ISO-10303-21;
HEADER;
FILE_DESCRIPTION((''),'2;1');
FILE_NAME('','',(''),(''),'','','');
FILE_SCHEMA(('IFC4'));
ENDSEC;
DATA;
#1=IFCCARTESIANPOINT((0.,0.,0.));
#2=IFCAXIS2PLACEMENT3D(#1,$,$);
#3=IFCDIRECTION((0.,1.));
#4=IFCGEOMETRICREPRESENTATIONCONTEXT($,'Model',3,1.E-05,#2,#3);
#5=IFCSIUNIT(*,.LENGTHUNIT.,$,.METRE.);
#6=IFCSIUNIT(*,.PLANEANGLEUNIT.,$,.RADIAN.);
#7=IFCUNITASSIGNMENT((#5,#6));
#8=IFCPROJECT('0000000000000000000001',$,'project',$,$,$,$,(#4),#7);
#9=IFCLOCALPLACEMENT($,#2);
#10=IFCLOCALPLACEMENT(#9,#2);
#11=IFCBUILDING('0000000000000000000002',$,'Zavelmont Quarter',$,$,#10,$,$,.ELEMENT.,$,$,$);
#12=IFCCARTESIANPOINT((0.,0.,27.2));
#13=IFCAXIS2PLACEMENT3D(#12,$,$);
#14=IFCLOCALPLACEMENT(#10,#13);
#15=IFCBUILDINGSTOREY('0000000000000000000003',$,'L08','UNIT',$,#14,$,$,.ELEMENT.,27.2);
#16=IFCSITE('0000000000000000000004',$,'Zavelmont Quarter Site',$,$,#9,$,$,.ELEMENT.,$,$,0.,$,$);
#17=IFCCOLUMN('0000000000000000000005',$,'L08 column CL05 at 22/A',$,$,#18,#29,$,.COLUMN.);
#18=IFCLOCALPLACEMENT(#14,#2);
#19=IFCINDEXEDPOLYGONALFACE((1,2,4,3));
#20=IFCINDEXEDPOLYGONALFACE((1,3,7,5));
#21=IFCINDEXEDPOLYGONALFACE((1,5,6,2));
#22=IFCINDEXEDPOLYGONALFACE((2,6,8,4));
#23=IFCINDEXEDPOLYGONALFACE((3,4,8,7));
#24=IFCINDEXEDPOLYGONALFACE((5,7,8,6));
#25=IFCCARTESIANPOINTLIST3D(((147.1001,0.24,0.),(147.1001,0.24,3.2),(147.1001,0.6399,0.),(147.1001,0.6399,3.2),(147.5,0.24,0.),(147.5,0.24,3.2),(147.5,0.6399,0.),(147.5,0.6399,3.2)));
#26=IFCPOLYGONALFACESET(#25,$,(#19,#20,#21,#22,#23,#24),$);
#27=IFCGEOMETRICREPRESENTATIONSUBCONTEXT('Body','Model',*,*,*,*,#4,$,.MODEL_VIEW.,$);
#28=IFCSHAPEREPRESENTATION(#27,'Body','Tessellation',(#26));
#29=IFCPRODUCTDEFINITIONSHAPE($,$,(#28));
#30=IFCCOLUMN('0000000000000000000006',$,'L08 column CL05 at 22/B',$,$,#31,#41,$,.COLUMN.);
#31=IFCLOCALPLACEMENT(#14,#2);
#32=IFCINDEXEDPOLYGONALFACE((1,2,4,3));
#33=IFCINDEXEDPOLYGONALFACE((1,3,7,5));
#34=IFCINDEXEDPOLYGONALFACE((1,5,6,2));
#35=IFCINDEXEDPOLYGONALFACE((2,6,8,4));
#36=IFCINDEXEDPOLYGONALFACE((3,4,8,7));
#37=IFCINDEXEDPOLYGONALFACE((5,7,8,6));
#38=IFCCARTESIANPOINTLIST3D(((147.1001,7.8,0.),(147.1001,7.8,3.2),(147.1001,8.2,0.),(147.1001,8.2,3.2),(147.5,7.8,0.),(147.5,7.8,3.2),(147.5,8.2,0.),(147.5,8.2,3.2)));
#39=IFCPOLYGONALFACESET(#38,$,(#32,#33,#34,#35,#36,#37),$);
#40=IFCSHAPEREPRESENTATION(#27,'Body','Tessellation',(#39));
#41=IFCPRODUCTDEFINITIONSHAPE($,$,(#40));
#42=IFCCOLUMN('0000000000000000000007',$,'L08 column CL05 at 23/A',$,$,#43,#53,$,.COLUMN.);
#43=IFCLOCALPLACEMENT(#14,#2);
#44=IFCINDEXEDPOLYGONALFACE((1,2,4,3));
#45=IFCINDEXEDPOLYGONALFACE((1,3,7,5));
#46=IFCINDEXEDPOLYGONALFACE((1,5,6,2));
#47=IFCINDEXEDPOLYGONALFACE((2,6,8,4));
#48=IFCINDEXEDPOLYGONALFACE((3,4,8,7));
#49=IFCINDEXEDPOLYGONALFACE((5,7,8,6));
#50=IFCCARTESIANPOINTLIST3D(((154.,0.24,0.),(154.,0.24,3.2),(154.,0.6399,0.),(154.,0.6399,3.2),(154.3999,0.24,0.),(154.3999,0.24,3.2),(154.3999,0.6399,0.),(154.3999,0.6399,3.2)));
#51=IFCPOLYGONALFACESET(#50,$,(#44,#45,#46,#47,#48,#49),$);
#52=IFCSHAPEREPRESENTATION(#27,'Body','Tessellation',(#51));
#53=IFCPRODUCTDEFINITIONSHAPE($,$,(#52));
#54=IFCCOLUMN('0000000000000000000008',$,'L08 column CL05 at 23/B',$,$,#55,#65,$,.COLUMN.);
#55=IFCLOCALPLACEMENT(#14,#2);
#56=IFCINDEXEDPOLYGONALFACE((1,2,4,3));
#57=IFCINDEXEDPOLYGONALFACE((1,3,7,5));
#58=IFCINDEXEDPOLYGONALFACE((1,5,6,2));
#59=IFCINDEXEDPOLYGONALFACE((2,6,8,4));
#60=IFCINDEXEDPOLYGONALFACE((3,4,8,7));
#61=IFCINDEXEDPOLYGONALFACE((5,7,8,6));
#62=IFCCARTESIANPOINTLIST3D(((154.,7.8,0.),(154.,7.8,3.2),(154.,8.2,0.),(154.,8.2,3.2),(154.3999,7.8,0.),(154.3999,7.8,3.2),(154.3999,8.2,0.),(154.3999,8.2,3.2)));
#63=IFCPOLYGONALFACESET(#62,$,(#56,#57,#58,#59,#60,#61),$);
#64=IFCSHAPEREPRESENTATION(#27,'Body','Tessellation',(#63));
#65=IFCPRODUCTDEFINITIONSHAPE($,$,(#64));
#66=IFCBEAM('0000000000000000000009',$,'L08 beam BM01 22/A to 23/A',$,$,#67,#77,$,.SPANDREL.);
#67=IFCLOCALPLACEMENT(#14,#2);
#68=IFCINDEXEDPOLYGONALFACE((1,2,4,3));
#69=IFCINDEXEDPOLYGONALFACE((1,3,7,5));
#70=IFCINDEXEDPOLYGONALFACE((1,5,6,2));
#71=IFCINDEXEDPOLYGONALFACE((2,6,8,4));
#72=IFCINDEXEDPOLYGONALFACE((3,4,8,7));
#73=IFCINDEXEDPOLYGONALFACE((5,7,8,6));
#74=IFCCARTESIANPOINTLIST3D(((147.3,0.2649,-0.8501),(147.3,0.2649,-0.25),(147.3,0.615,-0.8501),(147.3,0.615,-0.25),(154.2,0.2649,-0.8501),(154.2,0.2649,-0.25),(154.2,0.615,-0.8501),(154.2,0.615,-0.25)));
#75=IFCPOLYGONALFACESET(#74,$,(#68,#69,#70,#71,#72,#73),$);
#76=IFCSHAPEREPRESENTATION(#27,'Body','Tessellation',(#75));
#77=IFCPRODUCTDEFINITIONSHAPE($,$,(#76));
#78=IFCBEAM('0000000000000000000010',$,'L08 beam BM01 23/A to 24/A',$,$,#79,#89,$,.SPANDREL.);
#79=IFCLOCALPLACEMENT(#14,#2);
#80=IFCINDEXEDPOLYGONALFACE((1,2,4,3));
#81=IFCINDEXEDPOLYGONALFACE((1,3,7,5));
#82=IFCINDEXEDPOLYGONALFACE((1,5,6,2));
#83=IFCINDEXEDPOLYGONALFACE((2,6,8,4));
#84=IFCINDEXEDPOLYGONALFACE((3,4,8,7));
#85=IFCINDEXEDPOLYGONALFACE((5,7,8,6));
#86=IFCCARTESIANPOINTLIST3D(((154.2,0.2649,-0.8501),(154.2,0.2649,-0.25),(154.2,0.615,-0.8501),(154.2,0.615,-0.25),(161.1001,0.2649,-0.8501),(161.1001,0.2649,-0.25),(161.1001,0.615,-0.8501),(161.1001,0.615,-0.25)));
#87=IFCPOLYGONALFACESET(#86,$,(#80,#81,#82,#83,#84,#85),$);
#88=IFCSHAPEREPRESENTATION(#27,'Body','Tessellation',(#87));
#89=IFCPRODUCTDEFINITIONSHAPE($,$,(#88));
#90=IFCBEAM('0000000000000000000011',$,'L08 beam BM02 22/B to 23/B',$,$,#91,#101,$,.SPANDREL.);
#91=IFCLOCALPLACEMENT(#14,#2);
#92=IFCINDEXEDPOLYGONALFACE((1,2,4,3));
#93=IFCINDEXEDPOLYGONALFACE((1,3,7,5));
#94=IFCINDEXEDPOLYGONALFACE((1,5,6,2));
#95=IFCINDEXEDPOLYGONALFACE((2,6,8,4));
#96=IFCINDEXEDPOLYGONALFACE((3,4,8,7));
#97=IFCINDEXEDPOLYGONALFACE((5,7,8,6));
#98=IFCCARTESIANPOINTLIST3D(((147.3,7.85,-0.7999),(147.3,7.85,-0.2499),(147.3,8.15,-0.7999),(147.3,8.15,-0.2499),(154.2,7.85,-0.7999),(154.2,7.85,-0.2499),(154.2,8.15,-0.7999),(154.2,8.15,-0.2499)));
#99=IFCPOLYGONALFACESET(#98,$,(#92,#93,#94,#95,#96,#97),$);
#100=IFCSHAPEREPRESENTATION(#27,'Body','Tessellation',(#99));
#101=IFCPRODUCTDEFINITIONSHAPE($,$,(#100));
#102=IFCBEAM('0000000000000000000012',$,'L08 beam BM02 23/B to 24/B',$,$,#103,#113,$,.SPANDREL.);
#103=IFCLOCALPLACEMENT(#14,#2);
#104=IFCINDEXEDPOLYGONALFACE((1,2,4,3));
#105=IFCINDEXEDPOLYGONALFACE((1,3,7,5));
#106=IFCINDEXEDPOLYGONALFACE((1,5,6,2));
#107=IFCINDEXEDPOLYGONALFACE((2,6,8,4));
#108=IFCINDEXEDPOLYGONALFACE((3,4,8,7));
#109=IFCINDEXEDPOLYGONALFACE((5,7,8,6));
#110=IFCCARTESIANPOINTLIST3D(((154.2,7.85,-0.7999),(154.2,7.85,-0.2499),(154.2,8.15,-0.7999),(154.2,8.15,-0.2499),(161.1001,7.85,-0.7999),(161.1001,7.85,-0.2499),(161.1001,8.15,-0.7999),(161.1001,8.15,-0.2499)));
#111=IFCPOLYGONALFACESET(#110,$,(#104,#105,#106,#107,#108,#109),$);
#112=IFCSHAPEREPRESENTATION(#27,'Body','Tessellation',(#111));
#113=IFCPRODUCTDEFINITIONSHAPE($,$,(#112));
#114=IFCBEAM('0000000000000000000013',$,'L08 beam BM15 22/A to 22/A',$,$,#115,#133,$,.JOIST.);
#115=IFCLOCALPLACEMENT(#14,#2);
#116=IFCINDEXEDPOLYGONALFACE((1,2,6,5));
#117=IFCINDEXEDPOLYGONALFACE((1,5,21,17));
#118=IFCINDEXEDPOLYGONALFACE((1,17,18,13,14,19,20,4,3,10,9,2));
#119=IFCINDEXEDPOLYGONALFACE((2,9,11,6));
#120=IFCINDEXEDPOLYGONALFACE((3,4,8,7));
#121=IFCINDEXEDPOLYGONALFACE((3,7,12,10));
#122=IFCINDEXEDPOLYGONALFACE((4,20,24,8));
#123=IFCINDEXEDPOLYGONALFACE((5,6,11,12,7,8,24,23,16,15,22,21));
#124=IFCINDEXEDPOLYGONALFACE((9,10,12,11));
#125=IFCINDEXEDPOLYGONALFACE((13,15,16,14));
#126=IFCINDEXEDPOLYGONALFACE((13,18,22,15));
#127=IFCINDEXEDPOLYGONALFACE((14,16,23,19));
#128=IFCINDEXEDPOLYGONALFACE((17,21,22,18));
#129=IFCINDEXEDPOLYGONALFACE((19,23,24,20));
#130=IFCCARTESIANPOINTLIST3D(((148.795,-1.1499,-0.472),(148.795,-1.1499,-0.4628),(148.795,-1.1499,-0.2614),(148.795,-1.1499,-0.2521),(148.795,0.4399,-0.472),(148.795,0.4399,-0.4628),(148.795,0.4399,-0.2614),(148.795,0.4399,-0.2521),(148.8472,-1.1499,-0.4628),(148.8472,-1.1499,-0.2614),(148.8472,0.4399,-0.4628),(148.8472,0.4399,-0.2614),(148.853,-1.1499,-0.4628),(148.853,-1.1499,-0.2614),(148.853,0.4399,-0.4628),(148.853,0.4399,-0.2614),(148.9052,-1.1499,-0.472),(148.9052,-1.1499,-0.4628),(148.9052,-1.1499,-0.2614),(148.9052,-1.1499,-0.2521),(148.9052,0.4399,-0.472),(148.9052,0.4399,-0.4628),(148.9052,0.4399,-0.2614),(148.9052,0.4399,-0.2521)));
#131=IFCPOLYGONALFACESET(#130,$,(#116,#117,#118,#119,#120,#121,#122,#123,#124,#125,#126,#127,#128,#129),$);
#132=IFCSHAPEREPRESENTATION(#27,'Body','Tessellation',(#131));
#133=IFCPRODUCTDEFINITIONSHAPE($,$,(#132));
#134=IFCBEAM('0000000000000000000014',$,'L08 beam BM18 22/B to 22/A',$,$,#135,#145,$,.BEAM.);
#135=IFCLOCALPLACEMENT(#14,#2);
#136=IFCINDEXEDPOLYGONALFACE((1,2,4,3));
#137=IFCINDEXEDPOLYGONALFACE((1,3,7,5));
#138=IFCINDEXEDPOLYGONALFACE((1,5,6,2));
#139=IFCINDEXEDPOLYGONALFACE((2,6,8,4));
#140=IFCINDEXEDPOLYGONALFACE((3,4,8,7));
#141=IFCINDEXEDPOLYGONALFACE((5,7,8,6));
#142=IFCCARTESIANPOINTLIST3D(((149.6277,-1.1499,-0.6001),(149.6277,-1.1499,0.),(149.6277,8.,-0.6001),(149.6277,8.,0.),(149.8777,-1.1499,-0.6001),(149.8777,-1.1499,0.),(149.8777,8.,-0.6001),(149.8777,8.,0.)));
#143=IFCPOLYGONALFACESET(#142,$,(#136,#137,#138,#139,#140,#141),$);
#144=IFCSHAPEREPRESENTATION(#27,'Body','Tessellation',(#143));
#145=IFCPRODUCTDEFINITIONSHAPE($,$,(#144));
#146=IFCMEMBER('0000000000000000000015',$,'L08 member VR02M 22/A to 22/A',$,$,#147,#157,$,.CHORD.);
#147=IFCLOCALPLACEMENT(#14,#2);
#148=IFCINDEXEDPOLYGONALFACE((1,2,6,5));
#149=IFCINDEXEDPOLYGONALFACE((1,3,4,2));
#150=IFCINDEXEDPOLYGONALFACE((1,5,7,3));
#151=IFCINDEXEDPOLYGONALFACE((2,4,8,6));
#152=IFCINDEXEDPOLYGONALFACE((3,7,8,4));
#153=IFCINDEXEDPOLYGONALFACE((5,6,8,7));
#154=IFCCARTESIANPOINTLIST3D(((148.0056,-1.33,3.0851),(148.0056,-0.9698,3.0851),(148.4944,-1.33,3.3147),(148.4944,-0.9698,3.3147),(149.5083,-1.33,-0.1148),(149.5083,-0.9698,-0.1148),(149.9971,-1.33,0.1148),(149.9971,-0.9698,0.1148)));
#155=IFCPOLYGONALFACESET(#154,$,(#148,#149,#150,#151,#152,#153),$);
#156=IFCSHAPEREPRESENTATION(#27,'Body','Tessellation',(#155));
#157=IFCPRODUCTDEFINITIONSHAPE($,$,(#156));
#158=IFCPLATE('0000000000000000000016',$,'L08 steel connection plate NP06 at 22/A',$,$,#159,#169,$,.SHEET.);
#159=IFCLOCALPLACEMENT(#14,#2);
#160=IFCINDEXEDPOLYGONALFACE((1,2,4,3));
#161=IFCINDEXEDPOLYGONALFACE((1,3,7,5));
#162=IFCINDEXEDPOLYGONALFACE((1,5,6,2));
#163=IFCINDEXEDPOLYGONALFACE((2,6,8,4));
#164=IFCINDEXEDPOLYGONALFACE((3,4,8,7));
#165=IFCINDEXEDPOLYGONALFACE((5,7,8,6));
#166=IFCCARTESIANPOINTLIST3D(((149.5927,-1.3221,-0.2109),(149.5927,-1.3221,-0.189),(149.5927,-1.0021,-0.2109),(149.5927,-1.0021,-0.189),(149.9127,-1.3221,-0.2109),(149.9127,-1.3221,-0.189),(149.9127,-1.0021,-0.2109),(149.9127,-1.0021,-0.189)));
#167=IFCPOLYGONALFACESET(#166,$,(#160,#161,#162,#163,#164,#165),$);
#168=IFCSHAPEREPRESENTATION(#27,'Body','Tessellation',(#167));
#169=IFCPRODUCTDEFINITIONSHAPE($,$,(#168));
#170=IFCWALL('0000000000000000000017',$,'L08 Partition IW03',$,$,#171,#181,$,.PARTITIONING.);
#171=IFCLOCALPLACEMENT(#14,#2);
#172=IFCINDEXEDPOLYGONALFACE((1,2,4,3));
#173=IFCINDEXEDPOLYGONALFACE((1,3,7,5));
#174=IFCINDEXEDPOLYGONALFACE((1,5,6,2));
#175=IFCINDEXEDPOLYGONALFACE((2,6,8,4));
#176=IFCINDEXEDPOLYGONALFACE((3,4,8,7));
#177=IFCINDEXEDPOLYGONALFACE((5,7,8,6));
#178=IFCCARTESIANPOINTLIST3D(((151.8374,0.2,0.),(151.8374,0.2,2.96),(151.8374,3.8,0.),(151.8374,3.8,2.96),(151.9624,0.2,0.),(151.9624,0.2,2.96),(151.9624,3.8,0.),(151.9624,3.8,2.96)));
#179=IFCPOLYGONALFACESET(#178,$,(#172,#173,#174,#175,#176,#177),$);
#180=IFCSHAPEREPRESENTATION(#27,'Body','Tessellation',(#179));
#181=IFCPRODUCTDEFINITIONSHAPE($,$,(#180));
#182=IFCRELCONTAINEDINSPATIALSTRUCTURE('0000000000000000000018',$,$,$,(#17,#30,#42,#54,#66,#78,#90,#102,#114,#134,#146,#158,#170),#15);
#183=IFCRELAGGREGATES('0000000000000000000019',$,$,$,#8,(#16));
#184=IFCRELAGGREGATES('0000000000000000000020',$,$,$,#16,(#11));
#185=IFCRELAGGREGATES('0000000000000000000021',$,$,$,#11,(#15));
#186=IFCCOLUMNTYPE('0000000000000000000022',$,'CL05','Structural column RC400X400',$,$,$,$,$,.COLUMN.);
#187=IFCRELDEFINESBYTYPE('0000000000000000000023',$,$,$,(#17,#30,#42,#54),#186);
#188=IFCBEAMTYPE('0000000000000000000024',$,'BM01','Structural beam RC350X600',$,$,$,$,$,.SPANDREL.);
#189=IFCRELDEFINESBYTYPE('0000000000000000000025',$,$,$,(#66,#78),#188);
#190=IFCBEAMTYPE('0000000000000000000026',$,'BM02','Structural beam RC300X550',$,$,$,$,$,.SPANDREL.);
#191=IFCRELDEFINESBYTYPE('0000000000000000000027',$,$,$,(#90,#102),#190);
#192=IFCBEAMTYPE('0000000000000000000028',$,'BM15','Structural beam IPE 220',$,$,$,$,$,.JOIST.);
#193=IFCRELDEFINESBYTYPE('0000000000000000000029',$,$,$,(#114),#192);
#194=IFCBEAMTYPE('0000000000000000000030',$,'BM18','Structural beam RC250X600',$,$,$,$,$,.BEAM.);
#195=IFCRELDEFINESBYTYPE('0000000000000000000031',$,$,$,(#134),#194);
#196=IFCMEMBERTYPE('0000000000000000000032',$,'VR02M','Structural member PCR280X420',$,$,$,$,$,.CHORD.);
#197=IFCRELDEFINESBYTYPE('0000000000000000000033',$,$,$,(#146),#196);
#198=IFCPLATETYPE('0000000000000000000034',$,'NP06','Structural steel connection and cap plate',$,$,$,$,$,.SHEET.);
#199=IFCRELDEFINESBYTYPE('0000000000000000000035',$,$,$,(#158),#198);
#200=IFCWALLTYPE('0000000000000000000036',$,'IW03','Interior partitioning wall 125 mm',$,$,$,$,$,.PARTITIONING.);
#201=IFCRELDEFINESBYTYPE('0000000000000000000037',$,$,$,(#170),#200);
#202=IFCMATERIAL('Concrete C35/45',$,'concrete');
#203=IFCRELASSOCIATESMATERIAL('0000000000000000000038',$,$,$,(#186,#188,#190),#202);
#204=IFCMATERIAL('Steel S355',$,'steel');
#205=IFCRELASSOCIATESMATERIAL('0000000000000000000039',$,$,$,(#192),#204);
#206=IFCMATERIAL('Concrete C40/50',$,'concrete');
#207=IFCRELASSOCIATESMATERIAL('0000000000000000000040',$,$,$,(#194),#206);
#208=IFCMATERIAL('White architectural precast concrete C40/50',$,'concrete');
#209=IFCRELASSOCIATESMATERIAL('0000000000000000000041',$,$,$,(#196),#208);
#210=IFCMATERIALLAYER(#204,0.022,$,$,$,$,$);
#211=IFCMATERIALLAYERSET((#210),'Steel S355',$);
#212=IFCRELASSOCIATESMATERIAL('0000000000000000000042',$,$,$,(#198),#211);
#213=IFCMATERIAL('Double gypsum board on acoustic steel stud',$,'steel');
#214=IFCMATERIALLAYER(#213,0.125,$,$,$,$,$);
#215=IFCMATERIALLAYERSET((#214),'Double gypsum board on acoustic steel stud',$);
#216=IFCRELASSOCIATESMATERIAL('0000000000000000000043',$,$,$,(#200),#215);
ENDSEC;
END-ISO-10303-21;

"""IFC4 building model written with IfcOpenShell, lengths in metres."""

from ifc_helpers import new_model, si_unit, direction, frame, frame_2d, origin, origin_2d, place, context, subcontext, project, spatial, rectangle, i_section, extrude, material, layer, layer_set, material_profile, profile_set, type_object, element, save


model = new_model("IFC4")

# Units and contexts
model_context = context("Model", 3, precision=1e-05, world=origin(), true_north=direction((0.0, 1.0)))
body_context = subcontext(model_context, "Body", "Model", "MODEL_VIEW")
ifc_project = project(units=[si_unit("LENGTHUNIT", "METRE"), si_unit("PLANEANGLEUNIT", "RADIAN")], contexts=[model_context])

# Site, building, storey
site_placement = place(None, origin())
site = spatial("IfcSite", under=ifc_project, at=site_placement, Name="Zavelmont Quarter Site", CompositionType="ELEMENT", RefElevation=0.0)
building_placement = place(site_placement, origin())
building = spatial("IfcBuilding", under=site, at=building_placement, Name="Zavelmont Quarter", CompositionType="ELEMENT")
storey_placement = place(building_placement, frame((0.0, 0.0, 27.2)))
storey = spatial("IfcBuildingStorey", under=building, at=storey_placement, Name="L08", Description="UNIT", CompositionType="ELEMENT", Elevation=27.2)

# Columns
ifc_material_1 = material(Name="Concrete C35/45", Category="concrete")
ifc_material_profile_1 = material_profile(ifc_material_1, rectangle(XDim=0.3999, YDim=0.3999, at=origin_2d()), Name="RC400X400")
ifc_profile_set_1 = profile_set([ifc_material_profile_1], Name="Concrete C35/45")
column_type = type_object("IfcColumnType", Name="CL05", Description="Structural column RC400X400", PredefinedType="COLUMN", material=ifc_profile_set_1)
for number, where, z_axis, x_axis, name in (
    (1, (147.3, 0.4399, 0.0), (0.0, 0.0, 1.0), (1.0, 0.0, 0.0), "L08 column CL05 at 22/A"),
    (2, (147.3, 8.0, 0.0), (0.0, 0.0, 1.0), (1.0, 0.0, 0.0), "L08 column CL05 at 22/B"),
    (3, (154.2, 0.4399, 0.0), (0.0, 0.0, 1.0), (1.0, 0.0, 0.0), "L08 column CL05 at 23/A"),
    (4, (154.2, 8.0, 0.0), (0.0, 0.0, 1.0), (1.0, 0.0, 0.0), "L08 column CL05 at 23/B"),
):
    element("IfcColumn", number, at=place(storey_placement, frame(where, z_axis=z_axis, x_axis=x_axis)), inside=storey, type_object=column_type, Name=name, PredefinedType="COLUMN", context=body_context, shape_type="SweptSolid", body=[
        extrude(rectangle(XDim=0.3999, YDim=0.3999, at=origin_2d()), origin(), (0.0, 0.0, 1.0), 3.2),
    ])

# Beams
ifc_material_profile_2 = material_profile(ifc_material_1, rectangle(XDim=0.3501, YDim=0.6001, at=origin_2d()), Name="RC350X600")
ifc_profile_set_2 = profile_set([ifc_material_profile_2], Name="Concrete C35/45")
beam_type_1 = type_object("IfcBeamType", Name="BM01", Description="Structural beam RC350X600", PredefinedType="SPANDREL", material=ifc_profile_set_2)
beam_1_placement = place(storey_placement, frame((147.3, 0.4399, -0.55), z_axis=(1.0, 0.0, 0.0), x_axis=(0.0, 1.0, 0.0)))
element("IfcBeam", 5, at=beam_1_placement, inside=storey, type_object=beam_type_1, Name="L08 beam BM01 22/A to 23/A", PredefinedType="SPANDREL", context=body_context, shape_type="SweptSolid", body=[
    extrude(rectangle(XDim=0.3501, YDim=0.6001, at=origin_2d()), origin(), (0.0, 0.0, 1.0), 6.8999),
])
beam_2_placement = place(storey_placement, frame((154.2, 0.4399, -0.55), z_axis=(1.0, 0.0, 0.0), x_axis=(0.0, 1.0, 0.0)))
element("IfcBeam", 6, at=beam_2_placement, inside=storey, type_object=beam_type_1, Name="L08 beam BM01 23/A to 24/A", PredefinedType="SPANDREL", context=body_context, shape_type="SweptSolid", body=[
    extrude(rectangle(XDim=0.3501, YDim=0.6001, at=origin_2d()), origin(), (0.0, 0.0, 1.0), 6.9001),
])
ifc_material_profile_3 = material_profile(ifc_material_1, rectangle(XDim=0.3, YDim=0.55, at=origin_2d()), Name="RC300X550")
ifc_profile_set_3 = profile_set([ifc_material_profile_3], Name="Concrete C35/45")
beam_type_2 = type_object("IfcBeamType", Name="BM02", Description="Structural beam RC300X550", PredefinedType="SPANDREL", material=ifc_profile_set_3)
beam_3_placement = place(storey_placement, frame((147.3, 8.0, -0.5249), z_axis=(1.0, 0.0, 0.0), x_axis=(0.0, 1.0, 0.0)))
element("IfcBeam", 7, at=beam_3_placement, inside=storey, type_object=beam_type_2, Name="L08 beam BM02 22/B to 23/B", PredefinedType="SPANDREL", context=body_context, shape_type="SweptSolid", body=[
    extrude(rectangle(XDim=0.3, YDim=0.55, at=origin_2d()), origin(), (0.0, 0.0, 1.0), 6.8999),
])
beam_4_placement = place(storey_placement, frame((154.2, 8.0, -0.5249), z_axis=(1.0, 0.0, 0.0), x_axis=(0.0, 1.0, 0.0)))
element("IfcBeam", 8, at=beam_4_placement, inside=storey, type_object=beam_type_2, Name="L08 beam BM02 23/B to 24/B", PredefinedType="SPANDREL", context=body_context, shape_type="SweptSolid", body=[
    extrude(rectangle(XDim=0.3, YDim=0.55, at=origin_2d()), origin(), (0.0, 0.0, 1.0), 6.9001),
])
ifc_material_2 = material(Name="Steel S355", Category="steel")
ifc_material_profile_4 = material_profile(ifc_material_2, i_section(OverallWidth=0.1101, OverallDepth=0.22, WebThickness=0.0059, FlangeThickness=0.0093, at=origin_2d()), Name="IPE 220")
ifc_profile_set_4 = profile_set([ifc_material_profile_4], Name="Steel S355")
beam_type_3 = type_object("IfcBeamType", Name="BM15", Description="Structural beam IPE 220", PredefinedType="JOIST", material=ifc_profile_set_4)
beam_5_placement = place(storey_placement, frame((148.8501, 0.4399, -0.3621), z_axis=(0.0, -1.0, 0.0), x_axis=(1.0, 0.0, 0.0)))
element("IfcBeam", 9, at=beam_5_placement, inside=storey, type_object=beam_type_3, Name="L08 beam BM15 22/A to 22/A", PredefinedType="JOIST", context=body_context, shape_type="SweptSolid", body=[
    extrude(i_section(OverallWidth=0.1101, OverallDepth=0.22, WebThickness=0.0059, FlangeThickness=0.0093, at=origin_2d()), origin(), (0.0, 0.0, 1.0), 1.5898),
])
ifc_material_3 = material(Name="Concrete C40/50", Category="concrete")
ifc_material_profile_5 = material_profile(ifc_material_3, rectangle(XDim=0.25, YDim=0.6001, at=origin_2d()), Name="RC250X600")
ifc_profile_set_5 = profile_set([ifc_material_profile_5], Name="Concrete C40/50")
beam_type_4 = type_object("IfcBeamType", Name="BM18", Description="Structural beam RC250X600", PredefinedType="BEAM", material=ifc_profile_set_5)
beam_6_placement = place(storey_placement, frame((149.7527, 8.0, -0.3), z_axis=(0.0, -1.0, 0.0), x_axis=(1.0, 0.0, 0.0)))
element("IfcBeam", 10, at=beam_6_placement, inside=storey, type_object=beam_type_4, Name="L08 beam BM18 22/B to 22/A", PredefinedType="BEAM", context=body_context, shape_type="SweptSolid", body=[
    extrude(rectangle(XDim=0.25, YDim=0.6001, at=origin_2d()), origin(), (0.0, 0.0, 1.0), 9.1499),
])

# Member
ifc_material_4 = material(Name="White architectural precast concrete C40/50", Category="concrete")
ifc_material_profile_6 = material_profile(ifc_material_4, rectangle(XDim=0.3601, YDim=0.54, at=origin_2d()), Name="PCR280X420")
ifc_profile_set_6 = profile_set([ifc_material_profile_6], Name="White architectural precast concrete C40/50")
member_type = type_object("IfcMemberType", Name="VR02M", Description="Structural member PCR280X420", PredefinedType="CHORD", material=ifc_profile_set_6)
member_placement = place(storey_placement, frame((149.7527, -1.1499, 0.0), z_axis=(-0.425062, 0.0, 0.905164), x_axis=(0.0, -1.0, 0.0)))
element("IfcMember", 11, at=member_placement, inside=storey, type_object=member_type, Name="L08 member VR02M 22/A to 22/A", PredefinedType="CHORD", context=body_context, shape_type="SweptSolid", body=[
    extrude(rectangle(XDim=0.3601, YDim=0.54, at=origin_2d()), origin(), (0.0, 0.0, 1.0), 3.5352),
])

# Plate
ifc_layer_1 = layer(ifc_material_2, 0.022)
ifc_layer_set_1 = layer_set([ifc_layer_1], Name="Steel S355")
plate_type = type_object("IfcPlateType", Name="NP06", Description="Structural steel connection and cap plate", PredefinedType="SHEET", material=ifc_layer_set_1)
plate_placement = place(storey_placement, frame((149.7527, -1.1621, -0.2109), z_axis=(0.0, 0.0, 1.0), x_axis=(1.0, 0.0, 0.0)))
element("IfcPlate", 12, at=plate_placement, inside=storey, type_object=plate_type, Name="L08 steel connection plate NP06 at 22/A", PredefinedType="SHEET", context=body_context, shape_type="SweptSolid", body=[
    extrude(rectangle(XDim=0.3201, YDim=0.3201, at=origin_2d()), origin(), (0.0, 0.0, 1.0), 0.022),
])

# Wall
ifc_material_5 = material(Name="Double gypsum board on acoustic steel stud", Category="steel")
ifc_layer_2 = layer(ifc_material_5, 0.125)
ifc_layer_set_2 = layer_set([ifc_layer_2], Name="Double gypsum board on acoustic steel stud")
wall_type_1 = type_object("IfcWallType", Name="IW03", Description="Interior partitioning wall 125 mm", PredefinedType="PARTITIONING", material=ifc_layer_set_2)
wall_placement = place(storey_placement, frame((151.8999, 3.8, 0.0), z_axis=(0.0, 0.0, 1.0), x_axis=(0.0, -1.0, 0.0)))
element("IfcWall", 13, at=wall_placement, inside=storey, type_object=wall_type_1, Name="L08 Partition IW03", PredefinedType="PARTITIONING", context=body_context, shape_type="SweptSolid", body=[
    extrude(rectangle(XDim=3.6001, YDim=0.125, at=frame_2d((1.8, 0.0))), origin(), (0.0, 0.0, 1.0), 2.96),
])

save(model, "model.ifc")
